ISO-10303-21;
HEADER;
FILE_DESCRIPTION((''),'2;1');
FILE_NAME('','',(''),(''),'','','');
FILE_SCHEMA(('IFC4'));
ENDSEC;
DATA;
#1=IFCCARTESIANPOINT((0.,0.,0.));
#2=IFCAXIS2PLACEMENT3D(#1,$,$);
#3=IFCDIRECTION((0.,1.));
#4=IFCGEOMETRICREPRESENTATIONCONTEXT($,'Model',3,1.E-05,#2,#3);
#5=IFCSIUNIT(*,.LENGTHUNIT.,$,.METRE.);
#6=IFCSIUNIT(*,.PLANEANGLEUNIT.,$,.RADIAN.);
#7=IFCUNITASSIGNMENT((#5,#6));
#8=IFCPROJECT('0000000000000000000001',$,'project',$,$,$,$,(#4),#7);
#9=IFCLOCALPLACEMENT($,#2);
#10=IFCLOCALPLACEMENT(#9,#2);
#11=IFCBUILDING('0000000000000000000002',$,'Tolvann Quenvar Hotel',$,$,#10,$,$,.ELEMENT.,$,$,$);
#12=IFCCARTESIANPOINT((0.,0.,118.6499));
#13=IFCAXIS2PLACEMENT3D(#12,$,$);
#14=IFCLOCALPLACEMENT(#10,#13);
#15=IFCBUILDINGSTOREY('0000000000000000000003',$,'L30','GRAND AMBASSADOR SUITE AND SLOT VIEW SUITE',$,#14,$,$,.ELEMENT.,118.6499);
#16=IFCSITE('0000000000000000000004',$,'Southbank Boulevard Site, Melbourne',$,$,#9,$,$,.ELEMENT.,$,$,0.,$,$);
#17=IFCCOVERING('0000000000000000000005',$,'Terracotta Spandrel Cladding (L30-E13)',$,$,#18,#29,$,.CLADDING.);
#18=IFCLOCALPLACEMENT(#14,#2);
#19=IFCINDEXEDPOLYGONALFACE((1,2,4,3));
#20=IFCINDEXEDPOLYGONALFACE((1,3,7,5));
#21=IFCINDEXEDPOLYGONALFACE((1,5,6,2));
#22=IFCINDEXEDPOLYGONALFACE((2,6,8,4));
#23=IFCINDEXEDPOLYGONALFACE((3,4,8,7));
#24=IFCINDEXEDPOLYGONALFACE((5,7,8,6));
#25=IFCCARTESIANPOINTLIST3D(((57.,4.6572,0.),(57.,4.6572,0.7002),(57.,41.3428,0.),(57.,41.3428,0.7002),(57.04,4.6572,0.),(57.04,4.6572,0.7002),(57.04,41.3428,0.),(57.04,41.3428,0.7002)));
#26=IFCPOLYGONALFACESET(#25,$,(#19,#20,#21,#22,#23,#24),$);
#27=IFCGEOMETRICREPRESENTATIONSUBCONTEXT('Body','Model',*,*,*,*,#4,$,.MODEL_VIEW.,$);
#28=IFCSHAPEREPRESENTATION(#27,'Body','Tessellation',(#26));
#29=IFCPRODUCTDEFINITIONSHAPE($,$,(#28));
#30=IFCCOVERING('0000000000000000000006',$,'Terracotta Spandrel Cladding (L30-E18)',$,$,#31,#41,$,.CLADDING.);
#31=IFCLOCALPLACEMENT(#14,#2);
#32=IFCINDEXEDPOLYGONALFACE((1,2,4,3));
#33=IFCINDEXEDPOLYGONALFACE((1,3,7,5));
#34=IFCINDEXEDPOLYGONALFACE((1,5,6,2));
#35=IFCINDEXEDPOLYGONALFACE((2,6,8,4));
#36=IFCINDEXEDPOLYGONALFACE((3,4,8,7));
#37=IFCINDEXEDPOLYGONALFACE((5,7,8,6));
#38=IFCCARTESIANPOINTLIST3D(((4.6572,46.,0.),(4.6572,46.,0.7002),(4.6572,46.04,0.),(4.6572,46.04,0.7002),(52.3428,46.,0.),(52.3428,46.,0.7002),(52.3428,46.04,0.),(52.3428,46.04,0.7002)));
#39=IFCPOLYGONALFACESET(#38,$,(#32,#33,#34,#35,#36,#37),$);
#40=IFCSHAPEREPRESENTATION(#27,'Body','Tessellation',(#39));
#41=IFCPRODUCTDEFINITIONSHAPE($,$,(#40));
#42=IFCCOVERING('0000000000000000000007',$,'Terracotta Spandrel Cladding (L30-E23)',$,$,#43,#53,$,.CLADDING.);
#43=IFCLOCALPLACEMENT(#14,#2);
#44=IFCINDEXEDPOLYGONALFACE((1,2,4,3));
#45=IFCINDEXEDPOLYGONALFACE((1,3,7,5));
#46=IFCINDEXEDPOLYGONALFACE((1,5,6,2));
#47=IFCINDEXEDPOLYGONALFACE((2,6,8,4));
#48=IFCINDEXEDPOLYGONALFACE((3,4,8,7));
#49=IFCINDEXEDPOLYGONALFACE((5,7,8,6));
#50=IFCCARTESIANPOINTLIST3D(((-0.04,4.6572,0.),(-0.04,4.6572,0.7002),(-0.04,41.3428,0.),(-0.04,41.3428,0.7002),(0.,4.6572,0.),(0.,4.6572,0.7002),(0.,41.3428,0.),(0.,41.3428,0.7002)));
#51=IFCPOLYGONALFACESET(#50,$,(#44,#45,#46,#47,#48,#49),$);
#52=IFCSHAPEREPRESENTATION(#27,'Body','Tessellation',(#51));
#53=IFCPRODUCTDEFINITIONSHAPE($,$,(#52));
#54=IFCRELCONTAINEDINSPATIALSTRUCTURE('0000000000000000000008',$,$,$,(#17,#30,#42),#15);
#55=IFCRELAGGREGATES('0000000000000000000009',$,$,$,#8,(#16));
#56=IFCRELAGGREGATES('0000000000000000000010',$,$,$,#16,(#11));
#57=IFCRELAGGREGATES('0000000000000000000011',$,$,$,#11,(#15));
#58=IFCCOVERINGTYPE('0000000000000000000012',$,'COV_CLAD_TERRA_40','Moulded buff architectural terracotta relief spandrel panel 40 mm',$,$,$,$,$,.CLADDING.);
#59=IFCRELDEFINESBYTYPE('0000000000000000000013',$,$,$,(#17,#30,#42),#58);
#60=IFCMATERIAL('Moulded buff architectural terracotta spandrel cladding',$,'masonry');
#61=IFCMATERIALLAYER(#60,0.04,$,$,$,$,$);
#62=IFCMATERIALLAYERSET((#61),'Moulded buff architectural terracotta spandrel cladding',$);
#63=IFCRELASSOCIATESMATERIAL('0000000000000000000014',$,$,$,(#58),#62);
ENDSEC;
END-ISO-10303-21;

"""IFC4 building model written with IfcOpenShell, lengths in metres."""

from ifc_helpers import new_model, si_unit, direction, frame, origin, place, context, subcontext, project, spatial, polyline, outline, extrude, material, layer, layer_set, type_object, element, save


model = new_model("IFC4")

# Units and contexts
model_context = context("Model", 3, precision=1e-05, world=origin(), true_north=direction((0.0, 1.0)))
body_context = subcontext(model_context, "Body", "Model", "MODEL_VIEW")
ifc_project = project(units=[si_unit("LENGTHUNIT", "METRE"), si_unit("PLANEANGLEUNIT", "RADIAN")], contexts=[model_context])

# Site, building, storey
site_placement = place(None, origin())
site = spatial("IfcSite", under=ifc_project, at=site_placement, Name="Southbank Boulevard Site, Melbourne", CompositionType="ELEMENT", RefElevation=0.0)
building_placement = place(site_placement, origin())
building = spatial("IfcBuilding", under=site, at=building_placement, Name="Tolvann Quenvar Hotel", CompositionType="ELEMENT")
storey_placement = place(building_placement, frame((0.0, 0.0, 118.6499)))
storey = spatial("IfcBuildingStorey", under=building, at=storey_placement, Name="L30", Description="GRAND AMBASSADOR SUITE AND SLOT VIEW SUITE", CompositionType="ELEMENT", Elevation=118.6499)

# Coverings
ifc_material_1 = material(Name="Moulded buff architectural terracotta spandrel cladding", Category="masonry")
ifc_layer_1 = layer(ifc_material_1, 0.04)
ifc_layer_set_1 = layer_set([ifc_layer_1], Name="Moulded buff architectural terracotta spandrel cladding")
covering_type_1 = type_object("IfcCoveringType", Name="COV_CLAD_TERRA_40", Description="Moulded buff architectural terracotta relief spandrel panel 40 mm", PredefinedType="CLADDING", material=ifc_layer_set_1)
covering_1_placement = place(storey_placement, origin())
element("IfcCovering", 1, at=covering_1_placement, inside=storey, type_object=covering_type_1, Name="Terracotta Spandrel Cladding (L30-E13)", PredefinedType="CLADDING", context=body_context, shape_type="SweptSolid", body=[
    extrude(outline(polyline([(57.0, 4.6572), (57.0, 41.3428), (57.04, 41.3428), (57.04, 4.6572), (57.0, 4.6572)])), origin(), (0.0, 0.0, 1.0), 0.7002),
])
covering_2_placement = place(storey_placement, origin())
element("IfcCovering", 2, at=covering_2_placement, inside=storey, type_object=covering_type_1, Name="Terracotta Spandrel Cladding (L30-E18)", PredefinedType="CLADDING", context=body_context, shape_type="SweptSolid", body=[
    extrude(outline(polyline([(52.3428, 46.0), (4.6572, 46.0), (4.6572, 46.04), (52.3428, 46.04), (52.3428, 46.0)])), origin(), (0.0, 0.0, 1.0), 0.7002),
])
covering_3_placement = place(storey_placement, origin())
element("IfcCovering", 3, at=covering_3_placement, inside=storey, type_object=covering_type_1, Name="Terracotta Spandrel Cladding (L30-E23)", PredefinedType="CLADDING", context=body_context, shape_type="SweptSolid", body=[
    extrude(outline(polyline([(0.0, 41.3428), (0.0, 4.6572), (-0.04, 4.6572), (-0.04, 41.3428), (0.0, 41.3428)])), origin(), (0.0, 0.0, 1.0), 0.7002),
])

save(model, "model.ifc")
